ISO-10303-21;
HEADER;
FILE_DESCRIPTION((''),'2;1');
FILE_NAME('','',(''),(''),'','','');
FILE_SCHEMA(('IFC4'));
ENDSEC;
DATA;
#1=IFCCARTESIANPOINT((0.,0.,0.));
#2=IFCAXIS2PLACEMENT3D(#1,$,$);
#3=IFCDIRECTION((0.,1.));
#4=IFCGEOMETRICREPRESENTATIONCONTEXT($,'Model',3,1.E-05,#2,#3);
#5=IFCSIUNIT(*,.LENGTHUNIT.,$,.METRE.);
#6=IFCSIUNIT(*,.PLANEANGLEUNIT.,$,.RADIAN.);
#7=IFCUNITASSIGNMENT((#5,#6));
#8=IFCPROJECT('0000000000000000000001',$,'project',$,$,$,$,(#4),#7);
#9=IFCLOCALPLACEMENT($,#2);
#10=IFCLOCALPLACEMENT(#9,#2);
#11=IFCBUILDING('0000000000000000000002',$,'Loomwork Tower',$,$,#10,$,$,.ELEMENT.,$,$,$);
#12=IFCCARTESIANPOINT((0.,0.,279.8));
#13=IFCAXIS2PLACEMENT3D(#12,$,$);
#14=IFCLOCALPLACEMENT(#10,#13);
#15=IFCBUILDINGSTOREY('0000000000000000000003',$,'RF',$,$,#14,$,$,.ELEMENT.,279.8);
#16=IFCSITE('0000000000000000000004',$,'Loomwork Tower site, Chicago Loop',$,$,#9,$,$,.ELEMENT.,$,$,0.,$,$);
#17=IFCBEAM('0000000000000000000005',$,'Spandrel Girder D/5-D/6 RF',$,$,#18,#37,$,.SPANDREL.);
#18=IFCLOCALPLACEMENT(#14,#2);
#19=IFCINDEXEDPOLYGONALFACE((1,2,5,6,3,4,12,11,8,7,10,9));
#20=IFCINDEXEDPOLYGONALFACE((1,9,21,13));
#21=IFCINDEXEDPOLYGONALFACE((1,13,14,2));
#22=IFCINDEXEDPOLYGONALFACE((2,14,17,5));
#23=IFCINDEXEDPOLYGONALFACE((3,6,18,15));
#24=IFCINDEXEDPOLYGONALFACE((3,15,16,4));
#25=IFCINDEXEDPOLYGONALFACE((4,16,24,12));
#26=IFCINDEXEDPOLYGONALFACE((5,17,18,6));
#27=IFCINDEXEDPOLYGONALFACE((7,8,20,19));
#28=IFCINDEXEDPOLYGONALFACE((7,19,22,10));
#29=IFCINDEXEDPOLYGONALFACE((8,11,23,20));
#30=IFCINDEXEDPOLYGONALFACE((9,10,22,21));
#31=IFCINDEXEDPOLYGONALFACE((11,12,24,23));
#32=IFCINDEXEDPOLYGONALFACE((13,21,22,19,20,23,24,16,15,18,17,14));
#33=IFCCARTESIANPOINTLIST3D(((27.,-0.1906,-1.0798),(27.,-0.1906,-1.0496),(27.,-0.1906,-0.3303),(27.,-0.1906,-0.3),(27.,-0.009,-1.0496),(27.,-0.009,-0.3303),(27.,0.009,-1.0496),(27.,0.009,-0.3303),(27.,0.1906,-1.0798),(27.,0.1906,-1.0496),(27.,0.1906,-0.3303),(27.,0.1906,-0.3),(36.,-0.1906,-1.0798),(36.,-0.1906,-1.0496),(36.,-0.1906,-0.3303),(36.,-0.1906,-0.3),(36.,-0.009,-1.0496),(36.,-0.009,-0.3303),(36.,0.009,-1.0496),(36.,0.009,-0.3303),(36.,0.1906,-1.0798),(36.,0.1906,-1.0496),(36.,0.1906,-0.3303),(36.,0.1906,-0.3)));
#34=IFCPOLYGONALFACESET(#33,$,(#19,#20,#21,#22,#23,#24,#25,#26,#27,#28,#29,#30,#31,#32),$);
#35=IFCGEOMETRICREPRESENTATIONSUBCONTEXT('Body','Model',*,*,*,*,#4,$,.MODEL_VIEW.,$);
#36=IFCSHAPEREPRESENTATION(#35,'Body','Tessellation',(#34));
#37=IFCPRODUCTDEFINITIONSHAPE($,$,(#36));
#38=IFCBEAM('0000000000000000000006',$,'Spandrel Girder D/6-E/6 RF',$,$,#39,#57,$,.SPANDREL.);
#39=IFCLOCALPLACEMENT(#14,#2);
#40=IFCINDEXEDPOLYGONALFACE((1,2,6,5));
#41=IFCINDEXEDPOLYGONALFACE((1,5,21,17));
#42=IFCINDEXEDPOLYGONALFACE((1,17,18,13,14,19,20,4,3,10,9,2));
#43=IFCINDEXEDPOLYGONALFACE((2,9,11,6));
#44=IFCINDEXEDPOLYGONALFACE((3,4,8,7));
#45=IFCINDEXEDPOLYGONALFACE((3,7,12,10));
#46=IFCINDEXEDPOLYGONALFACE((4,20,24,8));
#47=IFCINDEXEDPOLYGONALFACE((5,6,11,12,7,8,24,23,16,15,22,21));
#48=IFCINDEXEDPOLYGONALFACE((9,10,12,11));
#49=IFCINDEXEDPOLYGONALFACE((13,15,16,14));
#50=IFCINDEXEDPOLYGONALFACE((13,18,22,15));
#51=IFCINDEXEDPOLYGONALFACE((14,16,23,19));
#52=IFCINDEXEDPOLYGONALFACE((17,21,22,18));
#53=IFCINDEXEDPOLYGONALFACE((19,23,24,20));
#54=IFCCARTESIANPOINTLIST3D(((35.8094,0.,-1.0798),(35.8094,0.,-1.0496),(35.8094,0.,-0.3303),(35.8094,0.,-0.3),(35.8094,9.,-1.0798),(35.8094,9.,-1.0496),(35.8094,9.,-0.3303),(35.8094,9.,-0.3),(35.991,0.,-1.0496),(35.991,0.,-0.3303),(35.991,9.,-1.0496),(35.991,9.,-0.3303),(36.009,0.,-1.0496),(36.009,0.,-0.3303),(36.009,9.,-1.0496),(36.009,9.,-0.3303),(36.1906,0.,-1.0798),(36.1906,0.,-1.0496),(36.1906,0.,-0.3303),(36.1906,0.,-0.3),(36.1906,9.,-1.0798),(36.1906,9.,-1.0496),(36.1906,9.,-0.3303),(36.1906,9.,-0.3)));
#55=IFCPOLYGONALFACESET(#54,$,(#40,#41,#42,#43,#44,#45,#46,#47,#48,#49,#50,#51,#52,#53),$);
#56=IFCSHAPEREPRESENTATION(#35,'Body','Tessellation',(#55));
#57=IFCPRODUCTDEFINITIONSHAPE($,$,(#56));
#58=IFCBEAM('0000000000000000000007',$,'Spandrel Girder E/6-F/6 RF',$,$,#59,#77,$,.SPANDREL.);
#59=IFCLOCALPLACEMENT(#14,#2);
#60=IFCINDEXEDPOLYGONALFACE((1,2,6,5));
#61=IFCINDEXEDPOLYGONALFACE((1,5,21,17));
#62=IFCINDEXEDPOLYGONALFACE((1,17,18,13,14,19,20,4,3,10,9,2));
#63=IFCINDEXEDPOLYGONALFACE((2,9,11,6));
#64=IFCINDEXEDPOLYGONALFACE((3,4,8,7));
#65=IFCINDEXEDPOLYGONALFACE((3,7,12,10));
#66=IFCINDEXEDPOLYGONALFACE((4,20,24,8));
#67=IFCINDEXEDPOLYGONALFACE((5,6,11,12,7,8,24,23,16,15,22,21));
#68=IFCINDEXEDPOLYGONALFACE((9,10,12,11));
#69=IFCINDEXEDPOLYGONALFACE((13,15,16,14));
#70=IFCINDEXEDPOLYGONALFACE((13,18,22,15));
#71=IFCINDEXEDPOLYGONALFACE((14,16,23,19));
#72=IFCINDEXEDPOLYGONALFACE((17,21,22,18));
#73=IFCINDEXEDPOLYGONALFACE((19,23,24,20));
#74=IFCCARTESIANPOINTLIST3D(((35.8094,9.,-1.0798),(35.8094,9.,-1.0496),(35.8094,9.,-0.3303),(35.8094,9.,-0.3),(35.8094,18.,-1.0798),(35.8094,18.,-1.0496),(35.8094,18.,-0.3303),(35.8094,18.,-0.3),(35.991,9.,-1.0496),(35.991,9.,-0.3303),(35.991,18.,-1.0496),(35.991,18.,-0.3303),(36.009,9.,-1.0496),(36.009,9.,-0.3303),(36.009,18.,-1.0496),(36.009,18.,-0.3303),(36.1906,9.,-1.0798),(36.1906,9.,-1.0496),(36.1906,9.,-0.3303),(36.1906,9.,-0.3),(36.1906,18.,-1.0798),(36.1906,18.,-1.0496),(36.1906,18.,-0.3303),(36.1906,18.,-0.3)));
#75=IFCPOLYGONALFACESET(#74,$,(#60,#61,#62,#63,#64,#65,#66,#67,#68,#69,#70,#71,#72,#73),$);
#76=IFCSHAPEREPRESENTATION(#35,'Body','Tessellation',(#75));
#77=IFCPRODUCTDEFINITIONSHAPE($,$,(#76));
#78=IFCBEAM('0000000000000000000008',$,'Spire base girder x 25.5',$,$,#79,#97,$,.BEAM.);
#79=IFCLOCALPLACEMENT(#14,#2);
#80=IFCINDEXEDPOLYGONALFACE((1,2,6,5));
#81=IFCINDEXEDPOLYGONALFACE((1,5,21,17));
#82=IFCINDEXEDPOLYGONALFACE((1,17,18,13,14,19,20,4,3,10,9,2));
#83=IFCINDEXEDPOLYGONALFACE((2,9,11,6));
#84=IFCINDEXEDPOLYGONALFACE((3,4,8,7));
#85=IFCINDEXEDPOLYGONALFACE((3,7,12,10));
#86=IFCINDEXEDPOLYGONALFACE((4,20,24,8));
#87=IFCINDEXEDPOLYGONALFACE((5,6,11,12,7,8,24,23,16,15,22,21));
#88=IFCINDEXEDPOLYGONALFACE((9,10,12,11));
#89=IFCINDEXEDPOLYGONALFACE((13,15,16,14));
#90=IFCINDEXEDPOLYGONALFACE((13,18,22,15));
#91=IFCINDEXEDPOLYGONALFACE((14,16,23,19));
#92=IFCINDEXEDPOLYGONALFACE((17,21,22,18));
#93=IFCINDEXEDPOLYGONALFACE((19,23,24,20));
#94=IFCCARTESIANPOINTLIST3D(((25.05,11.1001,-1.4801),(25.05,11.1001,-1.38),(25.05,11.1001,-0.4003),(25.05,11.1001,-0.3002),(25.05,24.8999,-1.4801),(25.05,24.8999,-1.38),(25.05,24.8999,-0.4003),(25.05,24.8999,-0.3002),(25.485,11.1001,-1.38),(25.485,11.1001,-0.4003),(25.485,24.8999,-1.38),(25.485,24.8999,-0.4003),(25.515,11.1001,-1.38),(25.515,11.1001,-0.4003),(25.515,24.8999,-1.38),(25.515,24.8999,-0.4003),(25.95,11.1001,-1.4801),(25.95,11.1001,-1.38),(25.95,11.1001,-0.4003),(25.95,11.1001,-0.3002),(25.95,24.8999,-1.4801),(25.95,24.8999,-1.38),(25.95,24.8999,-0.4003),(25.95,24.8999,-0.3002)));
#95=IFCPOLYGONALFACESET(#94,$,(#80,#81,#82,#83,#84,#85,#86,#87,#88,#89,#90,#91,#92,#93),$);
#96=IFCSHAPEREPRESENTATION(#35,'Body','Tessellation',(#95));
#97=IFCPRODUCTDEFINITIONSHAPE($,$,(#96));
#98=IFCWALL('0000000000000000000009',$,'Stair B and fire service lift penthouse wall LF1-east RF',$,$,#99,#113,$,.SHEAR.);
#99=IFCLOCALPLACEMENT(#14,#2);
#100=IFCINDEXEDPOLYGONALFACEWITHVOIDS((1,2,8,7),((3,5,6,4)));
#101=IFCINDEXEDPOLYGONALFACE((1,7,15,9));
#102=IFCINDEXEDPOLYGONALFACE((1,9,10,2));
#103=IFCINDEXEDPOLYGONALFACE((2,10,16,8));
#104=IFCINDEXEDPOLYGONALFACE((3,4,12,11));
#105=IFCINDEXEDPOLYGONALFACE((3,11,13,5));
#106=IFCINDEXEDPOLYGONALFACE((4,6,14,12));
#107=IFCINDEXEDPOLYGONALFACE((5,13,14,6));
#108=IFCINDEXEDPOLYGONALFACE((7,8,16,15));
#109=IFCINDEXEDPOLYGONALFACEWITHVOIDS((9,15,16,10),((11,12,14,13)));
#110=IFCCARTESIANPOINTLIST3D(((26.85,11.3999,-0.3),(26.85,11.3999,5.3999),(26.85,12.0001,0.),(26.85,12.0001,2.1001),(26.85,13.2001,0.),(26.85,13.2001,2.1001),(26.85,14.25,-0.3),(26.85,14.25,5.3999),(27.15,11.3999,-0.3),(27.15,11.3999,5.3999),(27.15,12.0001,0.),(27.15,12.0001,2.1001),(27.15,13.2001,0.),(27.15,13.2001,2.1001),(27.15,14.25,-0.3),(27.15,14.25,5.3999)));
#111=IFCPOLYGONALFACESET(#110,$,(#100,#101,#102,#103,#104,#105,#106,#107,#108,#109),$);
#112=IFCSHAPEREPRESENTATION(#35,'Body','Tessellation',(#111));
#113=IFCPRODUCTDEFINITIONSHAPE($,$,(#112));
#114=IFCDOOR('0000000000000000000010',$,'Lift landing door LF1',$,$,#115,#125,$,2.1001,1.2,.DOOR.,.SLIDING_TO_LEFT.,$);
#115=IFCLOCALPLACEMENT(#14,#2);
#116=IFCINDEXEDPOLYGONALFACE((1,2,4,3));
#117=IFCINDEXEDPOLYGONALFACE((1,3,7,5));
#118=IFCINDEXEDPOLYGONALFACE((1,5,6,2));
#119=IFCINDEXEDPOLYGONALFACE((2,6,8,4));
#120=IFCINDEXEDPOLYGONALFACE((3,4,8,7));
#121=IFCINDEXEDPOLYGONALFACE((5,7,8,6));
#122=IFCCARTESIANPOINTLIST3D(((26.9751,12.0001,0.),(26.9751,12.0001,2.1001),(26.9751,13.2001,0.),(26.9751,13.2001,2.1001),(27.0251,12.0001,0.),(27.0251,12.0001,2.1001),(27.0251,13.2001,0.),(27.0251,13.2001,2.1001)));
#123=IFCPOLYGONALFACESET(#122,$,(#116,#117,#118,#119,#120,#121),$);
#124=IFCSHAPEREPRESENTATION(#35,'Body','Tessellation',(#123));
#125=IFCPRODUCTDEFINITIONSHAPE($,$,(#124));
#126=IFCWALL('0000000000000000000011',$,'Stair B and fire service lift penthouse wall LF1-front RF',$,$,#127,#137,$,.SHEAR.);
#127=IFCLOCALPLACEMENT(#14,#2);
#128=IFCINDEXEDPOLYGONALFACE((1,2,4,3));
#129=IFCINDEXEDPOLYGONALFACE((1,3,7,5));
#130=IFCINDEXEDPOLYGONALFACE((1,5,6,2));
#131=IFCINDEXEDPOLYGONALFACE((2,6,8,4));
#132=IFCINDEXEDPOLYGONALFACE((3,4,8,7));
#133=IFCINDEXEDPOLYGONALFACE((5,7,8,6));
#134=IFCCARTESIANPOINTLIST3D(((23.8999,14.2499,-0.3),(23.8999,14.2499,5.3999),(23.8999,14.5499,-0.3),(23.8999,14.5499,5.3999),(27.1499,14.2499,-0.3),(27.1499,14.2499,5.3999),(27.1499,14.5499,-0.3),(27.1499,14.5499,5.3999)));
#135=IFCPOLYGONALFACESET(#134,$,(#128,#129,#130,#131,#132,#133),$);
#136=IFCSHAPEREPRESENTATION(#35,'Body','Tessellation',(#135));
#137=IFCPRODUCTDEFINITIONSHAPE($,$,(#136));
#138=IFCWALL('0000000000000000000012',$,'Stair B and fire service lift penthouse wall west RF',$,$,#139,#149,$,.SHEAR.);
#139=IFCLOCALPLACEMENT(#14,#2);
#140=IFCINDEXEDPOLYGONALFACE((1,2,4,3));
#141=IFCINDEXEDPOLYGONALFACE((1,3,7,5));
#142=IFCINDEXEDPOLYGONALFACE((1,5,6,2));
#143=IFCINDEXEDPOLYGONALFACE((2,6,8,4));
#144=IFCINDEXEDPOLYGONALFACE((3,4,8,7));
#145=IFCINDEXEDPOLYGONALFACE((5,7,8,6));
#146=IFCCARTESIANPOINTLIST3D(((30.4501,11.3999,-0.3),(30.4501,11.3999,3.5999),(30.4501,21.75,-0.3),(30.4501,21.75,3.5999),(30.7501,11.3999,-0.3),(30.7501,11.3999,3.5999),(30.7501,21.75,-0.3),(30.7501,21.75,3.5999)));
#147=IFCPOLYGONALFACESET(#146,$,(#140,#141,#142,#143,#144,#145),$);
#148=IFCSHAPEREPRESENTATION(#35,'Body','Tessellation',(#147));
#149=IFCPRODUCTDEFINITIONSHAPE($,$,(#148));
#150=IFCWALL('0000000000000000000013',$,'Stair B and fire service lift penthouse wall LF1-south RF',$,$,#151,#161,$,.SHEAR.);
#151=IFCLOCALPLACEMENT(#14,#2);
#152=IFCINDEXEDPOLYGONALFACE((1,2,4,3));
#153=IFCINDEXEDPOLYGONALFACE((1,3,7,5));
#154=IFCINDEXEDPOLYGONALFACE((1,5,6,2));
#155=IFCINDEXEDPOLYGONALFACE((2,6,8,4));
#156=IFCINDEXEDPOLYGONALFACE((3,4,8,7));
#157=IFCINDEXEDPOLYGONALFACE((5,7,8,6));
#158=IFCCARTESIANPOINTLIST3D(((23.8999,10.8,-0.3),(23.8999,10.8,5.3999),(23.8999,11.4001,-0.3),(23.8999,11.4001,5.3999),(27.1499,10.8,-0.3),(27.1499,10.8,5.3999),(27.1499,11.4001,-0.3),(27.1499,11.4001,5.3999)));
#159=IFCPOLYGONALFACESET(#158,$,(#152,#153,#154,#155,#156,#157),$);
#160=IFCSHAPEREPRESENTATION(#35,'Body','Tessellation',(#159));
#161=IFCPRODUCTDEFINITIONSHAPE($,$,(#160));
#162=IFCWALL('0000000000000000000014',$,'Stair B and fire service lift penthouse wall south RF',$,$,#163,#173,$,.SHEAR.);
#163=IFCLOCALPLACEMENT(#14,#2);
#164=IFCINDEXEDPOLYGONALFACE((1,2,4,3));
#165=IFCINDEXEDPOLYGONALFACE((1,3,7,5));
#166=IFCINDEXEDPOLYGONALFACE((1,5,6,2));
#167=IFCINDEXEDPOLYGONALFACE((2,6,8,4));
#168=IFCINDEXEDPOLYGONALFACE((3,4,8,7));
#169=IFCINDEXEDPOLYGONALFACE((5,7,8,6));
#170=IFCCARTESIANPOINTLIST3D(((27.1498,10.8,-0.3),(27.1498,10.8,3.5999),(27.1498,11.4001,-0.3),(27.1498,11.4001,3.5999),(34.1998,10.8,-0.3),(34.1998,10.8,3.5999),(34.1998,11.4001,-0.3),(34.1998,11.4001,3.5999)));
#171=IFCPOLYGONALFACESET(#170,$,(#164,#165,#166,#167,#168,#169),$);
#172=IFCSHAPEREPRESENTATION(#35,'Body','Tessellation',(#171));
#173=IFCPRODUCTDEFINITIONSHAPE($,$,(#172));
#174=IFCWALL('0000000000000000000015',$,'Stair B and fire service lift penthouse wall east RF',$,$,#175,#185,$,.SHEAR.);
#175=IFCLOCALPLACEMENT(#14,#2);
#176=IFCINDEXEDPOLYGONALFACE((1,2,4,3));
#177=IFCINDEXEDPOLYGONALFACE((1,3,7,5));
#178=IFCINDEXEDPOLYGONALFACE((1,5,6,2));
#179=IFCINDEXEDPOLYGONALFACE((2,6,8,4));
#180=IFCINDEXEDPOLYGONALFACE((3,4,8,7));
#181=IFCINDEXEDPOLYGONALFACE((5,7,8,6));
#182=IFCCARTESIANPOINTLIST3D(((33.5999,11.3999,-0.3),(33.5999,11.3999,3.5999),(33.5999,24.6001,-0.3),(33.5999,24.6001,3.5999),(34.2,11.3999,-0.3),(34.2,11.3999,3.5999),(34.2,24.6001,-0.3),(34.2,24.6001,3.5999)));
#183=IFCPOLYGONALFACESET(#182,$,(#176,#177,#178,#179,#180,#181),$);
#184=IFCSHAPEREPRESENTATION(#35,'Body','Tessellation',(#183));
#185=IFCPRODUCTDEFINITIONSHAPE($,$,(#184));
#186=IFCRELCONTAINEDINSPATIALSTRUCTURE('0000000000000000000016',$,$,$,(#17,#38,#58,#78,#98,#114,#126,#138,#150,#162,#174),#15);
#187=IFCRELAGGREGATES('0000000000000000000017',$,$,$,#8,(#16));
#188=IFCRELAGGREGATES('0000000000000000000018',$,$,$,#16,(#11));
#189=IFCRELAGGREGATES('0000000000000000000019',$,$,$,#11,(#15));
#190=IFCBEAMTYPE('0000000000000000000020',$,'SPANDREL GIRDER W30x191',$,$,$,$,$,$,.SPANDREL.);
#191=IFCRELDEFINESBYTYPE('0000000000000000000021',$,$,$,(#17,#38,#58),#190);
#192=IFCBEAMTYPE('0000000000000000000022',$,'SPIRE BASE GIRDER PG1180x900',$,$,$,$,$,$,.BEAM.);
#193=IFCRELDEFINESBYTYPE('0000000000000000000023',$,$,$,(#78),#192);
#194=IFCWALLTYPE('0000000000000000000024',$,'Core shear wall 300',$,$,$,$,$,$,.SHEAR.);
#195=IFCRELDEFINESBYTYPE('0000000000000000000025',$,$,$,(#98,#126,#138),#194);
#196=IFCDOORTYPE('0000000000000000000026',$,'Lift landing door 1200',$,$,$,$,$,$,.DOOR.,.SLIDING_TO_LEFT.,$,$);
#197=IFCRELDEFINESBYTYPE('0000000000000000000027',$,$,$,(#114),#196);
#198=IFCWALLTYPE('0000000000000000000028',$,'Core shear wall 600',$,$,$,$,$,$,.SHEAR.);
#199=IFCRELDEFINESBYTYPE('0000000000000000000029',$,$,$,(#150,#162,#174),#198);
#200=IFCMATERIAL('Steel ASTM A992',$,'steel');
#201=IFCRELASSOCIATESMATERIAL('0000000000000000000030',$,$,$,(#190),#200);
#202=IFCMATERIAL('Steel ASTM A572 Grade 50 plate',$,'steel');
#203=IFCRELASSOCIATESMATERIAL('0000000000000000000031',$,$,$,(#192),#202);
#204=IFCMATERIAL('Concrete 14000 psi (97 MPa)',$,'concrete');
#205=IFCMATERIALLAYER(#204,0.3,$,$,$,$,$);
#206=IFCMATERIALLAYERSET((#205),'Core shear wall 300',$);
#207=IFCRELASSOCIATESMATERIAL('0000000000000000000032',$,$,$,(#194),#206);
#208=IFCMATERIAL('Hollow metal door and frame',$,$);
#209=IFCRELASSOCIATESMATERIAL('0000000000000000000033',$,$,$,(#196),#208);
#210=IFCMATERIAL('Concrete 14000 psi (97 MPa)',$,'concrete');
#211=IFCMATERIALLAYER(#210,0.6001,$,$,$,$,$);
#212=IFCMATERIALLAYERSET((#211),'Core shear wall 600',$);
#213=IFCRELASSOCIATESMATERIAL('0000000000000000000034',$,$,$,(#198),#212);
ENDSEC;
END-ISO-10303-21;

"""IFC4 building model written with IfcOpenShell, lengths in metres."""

from ifc_helpers import new_model, si_unit, direction, frame, frame_2d, origin, origin_2d, place, context, subcontext, project, spatial, rectangle, i_section, extrude, material, layer, layer_set, material_profile, profile_set, type_object, element, fill, save


model = new_model("IFC4")

# Units and contexts
model_context = context("Model", 3, precision=1e-05, world=origin(), true_north=direction((0.0, 1.0)))
body_context = subcontext(model_context, "Body", "Model", "MODEL_VIEW")
ifc_project = project(units=[si_unit("LENGTHUNIT", "METRE"), si_unit("PLANEANGLEUNIT", "RADIAN")], contexts=[model_context])

# Site, building, storey
site_placement = place(None, origin())
site = spatial("IfcSite", under=ifc_project, at=site_placement, Name="Loomwork Tower site, Chicago Loop", CompositionType="ELEMENT", RefElevation=0.0)
building_placement = place(site_placement, origin())
building = spatial("IfcBuilding", under=site, at=building_placement, Name="Loomwork Tower", CompositionType="ELEMENT")
storey_placement = place(building_placement, frame((0.0, 0.0, 279.8)))
storey = spatial("IfcBuildingStorey", under=building, at=storey_placement, Name="RF", CompositionType="ELEMENT", Elevation=279.8)

# Beams
ifc_material_1 = material(Name="Steel ASTM A992", Category="steel")
ifc_material_profile_1 = material_profile(ifc_material_1, i_section(OverallWidth=0.3811, OverallDepth=0.7798, WebThickness=0.0181, FlangeThickness=0.0303, at=origin_2d()), Name="W30x191")
ifc_profile_set_1 = profile_set([ifc_material_profile_1], Name="Steel ASTM A992")
beam_type_1 = type_object("IfcBeamType", Name="SPANDREL GIRDER W30x191", PredefinedType="SPANDREL", material=ifc_profile_set_1)
for number, where, z_axis, x_axis, name in (
    (1, (27.0, 0.0, -0.6899), (1.0, 0.0, 0.0), (0.0, 1.0, 0.0), "Spandrel Girder D/5-D/6 RF"),
    (2, (36.0, 0.0, -0.6899), (0.0, 1.0, 0.0), (-1.0, 0.0, 0.0), "Spandrel Girder D/6-E/6 RF"),
    (3, (36.0, 9.0, -0.6899), (0.0, 1.0, 0.0), (-1.0, 0.0, 0.0), "Spandrel Girder E/6-F/6 RF"),
):
    element("IfcBeam", number, at=place(storey_placement, frame(where, z_axis=z_axis, x_axis=x_axis)), inside=storey, type_object=beam_type_1, Name=name, PredefinedType="SPANDREL", context=body_context, shape_type="SweptSolid", body=[
        extrude(i_section(OverallWidth=0.3811, OverallDepth=0.7798, WebThickness=0.0181, FlangeThickness=0.0303, at=origin_2d()), origin(), (0.0, 0.0, 1.0), 9.0),
    ])
ifc_material_2 = material(Name="Steel ASTM A572 Grade 50 plate", Category="steel")
ifc_material_profile_2 = material_profile(ifc_material_2, i_section(OverallWidth=0.8999, OverallDepth=1.1799, WebThickness=0.03, FlangeThickness=0.1001, at=origin_2d()), Name="PG1180x900")
ifc_profile_set_2 = profile_set([ifc_material_profile_2], Name="Steel ASTM A572 Grade 50 plate")
beam_type_2 = type_object("IfcBeamType", Name="SPIRE BASE GIRDER PG1180x900", PredefinedType="BEAM", material=ifc_profile_set_2)
beam_placement = place(storey_placement, frame((25.5, 11.1001, -0.8901), z_axis=(0.0, 1.0, 0.0), x_axis=(-1.0, 0.0, 0.0)))
element("IfcBeam", 4, at=beam_placement, inside=storey, type_object=beam_type_2, Name="Spire base girder x 25.5", PredefinedType="BEAM", context=body_context, shape_type="SweptSolid", body=[
    extrude(i_section(OverallWidth=0.8999, OverallDepth=1.1799, WebThickness=0.03, FlangeThickness=0.1001, at=origin_2d()), origin(), (0.0, 0.0, 1.0), 13.7998),
])

# Wall, opening, door
ifc_material_3 = material(Name="Concrete 14000 psi (97 MPa)", Category="concrete")
ifc_layer_1 = layer(ifc_material_3, 0.3)
ifc_layer_set_1 = layer_set([ifc_layer_1], Name="Core shear wall 300")
wall_type_1 = type_object("IfcWallType", Name="Core shear wall 300", PredefinedType="SHEAR", material=ifc_layer_set_1)
wall_1_placement = place(storey_placement, frame((27.0, 11.3999, -0.3), z_axis=(0.0, 0.0, 1.0), x_axis=(0.0, 1.0, 0.0)))
wall_1 = element("IfcWall", 5, at=wall_1_placement, inside=storey, type_object=wall_type_1, Name="Stair B and fire service lift penthouse wall LF1-east RF", PredefinedType="SHEAR", context=body_context, shape_type="SweptSolid", body=[
    extrude(rectangle(XDim=2.8501, YDim=0.3, at=frame_2d((1.425, 0.0))), origin(), (0.0, 0.0, 1.0), 5.7),
])
opening_1_placement = place(wall_1_placement, frame((0.6001, 0.0, 0.3)))
opening_1 = element("IfcOpeningElement", 6, at=opening_1_placement, cuts=wall_1, PredefinedType="OPENING", context=body_context, shape_type="SweptSolid", body=[
    extrude(rectangle(XDim=1.2, YDim=2.1001, at=frame_2d((0.6001, 1.05))), frame((0.0, 0.1599, 0.0), z_axis=(0.0, -1.0, 0.0), x_axis=(1.0, 0.0, 0.0)), (0.0, 0.0, 1.0), 0.3201),
])
ifc_material_4 = material(Name="Hollow metal door and frame")
door_type_1 = type_object("IfcDoorType", Name="Lift landing door 1200", OperationType="SLIDING_TO_LEFT", PredefinedType="DOOR", material=ifc_material_4)
door_1_placement = place(opening_1_placement, origin())
door_1 = element("IfcDoor", 7, at=door_1_placement, inside=storey, type_object=door_type_1, Name="Lift landing door LF1", OperationType="SLIDING_TO_LEFT", OverallHeight=2.1001, OverallWidth=1.2, PredefinedType="DOOR", context=body_context, shape_type="SweptSolid", body=[
    extrude(rectangle(XDim=1.2, YDim=2.1001, at=frame_2d((0.6001, 1.05))), frame((0.0, 0.0249, 0.0), z_axis=(0.0, -1.0, 0.0), x_axis=(1.0, 0.0, 0.0)), (0.0, 0.0, 1.0), 0.05),
])
fill(opening_1, door_1)

# Walls
wall_2_placement = place(storey_placement, frame((23.8999, 14.3999, -0.3), z_axis=(0.0, 0.0, 1.0), x_axis=(1.0, 0.0, 0.0)))
element("IfcWall", 8, at=wall_2_placement, inside=storey, type_object=wall_type_1, Name="Stair B and fire service lift penthouse wall LF1-front RF", PredefinedType="SHEAR", context=body_context, shape_type="SweptSolid", body=[
    extrude(rectangle(XDim=3.25, YDim=0.3, at=frame_2d((1.625, 0.0))), origin(), (0.0, 0.0, 1.0), 5.7),
])
wall_3_placement = place(storey_placement, frame((30.6001, 11.3999, -0.3), z_axis=(0.0, 0.0, 1.0), x_axis=(0.0, 1.0, 0.0)))
element("IfcWall", 9, at=wall_3_placement, inside=storey, type_object=wall_type_1, Name="Stair B and fire service lift penthouse wall west RF", PredefinedType="SHEAR", context=body_context, shape_type="SweptSolid", body=[
    extrude(rectangle(XDim=10.3501, YDim=0.3, at=frame_2d((5.175, 0.0))), origin(), (0.0, 0.0, 1.0), 3.8999),
])
ifc_material_5 = material(Name="Concrete 14000 psi (97 MPa)", Category="concrete")
ifc_layer_2 = layer(ifc_material_5, 0.6001)
ifc_layer_set_2 = layer_set([ifc_layer_2], Name="Core shear wall 600")
wall_type_2 = type_object("IfcWallType", Name="Core shear wall 600", PredefinedType="SHEAR", material=ifc_layer_set_2)
wall_4_placement = place(storey_placement, frame((23.8999, 11.1001, -0.3), z_axis=(0.0, 0.0, 1.0), x_axis=(1.0, 0.0, 0.0)))
element("IfcWall", 10, at=wall_4_placement, inside=storey, type_object=wall_type_2, Name="Stair B and fire service lift penthouse wall LF1-south RF", PredefinedType="SHEAR", context=body_context, shape_type="SweptSolid", body=[
    extrude(rectangle(XDim=3.25, YDim=0.6001, at=frame_2d((1.625, 0.0))), origin(), (0.0, 0.0, 1.0), 5.7),
])
wall_5_placement = place(storey_placement, frame((27.1499, 11.1001, -0.3), z_axis=(0.0, 0.0, 1.0), x_axis=(1.0, 0.0, 0.0)))
element("IfcWall", 11, at=wall_5_placement, inside=storey, type_object=wall_type_2, Name="Stair B and fire service lift penthouse wall south RF", PredefinedType="SHEAR", context=body_context, shape_type="SweptSolid", body=[
    extrude(rectangle(XDim=7.05, YDim=0.6001, at=frame_2d((3.5249, 0.0))), origin(), (0.0, 0.0, 1.0), 3.8999),
])
wall_6_placement = place(storey_placement, frame((33.8999, 11.3999, -0.3), z_axis=(0.0, 0.0, 1.0), x_axis=(0.0, 1.0, 0.0)))
element("IfcWall", 12, at=wall_6_placement, inside=storey, type_object=wall_type_2, Name="Stair B and fire service lift penthouse wall east RF", PredefinedType="SHEAR", context=body_context, shape_type="SweptSolid", body=[
    extrude(rectangle(XDim=13.2002, YDim=0.6001, at=frame_2d((6.6001, 0.0))), origin(), (0.0, 0.0, 1.0), 3.8999),
])

save(model, "model.ifc")
